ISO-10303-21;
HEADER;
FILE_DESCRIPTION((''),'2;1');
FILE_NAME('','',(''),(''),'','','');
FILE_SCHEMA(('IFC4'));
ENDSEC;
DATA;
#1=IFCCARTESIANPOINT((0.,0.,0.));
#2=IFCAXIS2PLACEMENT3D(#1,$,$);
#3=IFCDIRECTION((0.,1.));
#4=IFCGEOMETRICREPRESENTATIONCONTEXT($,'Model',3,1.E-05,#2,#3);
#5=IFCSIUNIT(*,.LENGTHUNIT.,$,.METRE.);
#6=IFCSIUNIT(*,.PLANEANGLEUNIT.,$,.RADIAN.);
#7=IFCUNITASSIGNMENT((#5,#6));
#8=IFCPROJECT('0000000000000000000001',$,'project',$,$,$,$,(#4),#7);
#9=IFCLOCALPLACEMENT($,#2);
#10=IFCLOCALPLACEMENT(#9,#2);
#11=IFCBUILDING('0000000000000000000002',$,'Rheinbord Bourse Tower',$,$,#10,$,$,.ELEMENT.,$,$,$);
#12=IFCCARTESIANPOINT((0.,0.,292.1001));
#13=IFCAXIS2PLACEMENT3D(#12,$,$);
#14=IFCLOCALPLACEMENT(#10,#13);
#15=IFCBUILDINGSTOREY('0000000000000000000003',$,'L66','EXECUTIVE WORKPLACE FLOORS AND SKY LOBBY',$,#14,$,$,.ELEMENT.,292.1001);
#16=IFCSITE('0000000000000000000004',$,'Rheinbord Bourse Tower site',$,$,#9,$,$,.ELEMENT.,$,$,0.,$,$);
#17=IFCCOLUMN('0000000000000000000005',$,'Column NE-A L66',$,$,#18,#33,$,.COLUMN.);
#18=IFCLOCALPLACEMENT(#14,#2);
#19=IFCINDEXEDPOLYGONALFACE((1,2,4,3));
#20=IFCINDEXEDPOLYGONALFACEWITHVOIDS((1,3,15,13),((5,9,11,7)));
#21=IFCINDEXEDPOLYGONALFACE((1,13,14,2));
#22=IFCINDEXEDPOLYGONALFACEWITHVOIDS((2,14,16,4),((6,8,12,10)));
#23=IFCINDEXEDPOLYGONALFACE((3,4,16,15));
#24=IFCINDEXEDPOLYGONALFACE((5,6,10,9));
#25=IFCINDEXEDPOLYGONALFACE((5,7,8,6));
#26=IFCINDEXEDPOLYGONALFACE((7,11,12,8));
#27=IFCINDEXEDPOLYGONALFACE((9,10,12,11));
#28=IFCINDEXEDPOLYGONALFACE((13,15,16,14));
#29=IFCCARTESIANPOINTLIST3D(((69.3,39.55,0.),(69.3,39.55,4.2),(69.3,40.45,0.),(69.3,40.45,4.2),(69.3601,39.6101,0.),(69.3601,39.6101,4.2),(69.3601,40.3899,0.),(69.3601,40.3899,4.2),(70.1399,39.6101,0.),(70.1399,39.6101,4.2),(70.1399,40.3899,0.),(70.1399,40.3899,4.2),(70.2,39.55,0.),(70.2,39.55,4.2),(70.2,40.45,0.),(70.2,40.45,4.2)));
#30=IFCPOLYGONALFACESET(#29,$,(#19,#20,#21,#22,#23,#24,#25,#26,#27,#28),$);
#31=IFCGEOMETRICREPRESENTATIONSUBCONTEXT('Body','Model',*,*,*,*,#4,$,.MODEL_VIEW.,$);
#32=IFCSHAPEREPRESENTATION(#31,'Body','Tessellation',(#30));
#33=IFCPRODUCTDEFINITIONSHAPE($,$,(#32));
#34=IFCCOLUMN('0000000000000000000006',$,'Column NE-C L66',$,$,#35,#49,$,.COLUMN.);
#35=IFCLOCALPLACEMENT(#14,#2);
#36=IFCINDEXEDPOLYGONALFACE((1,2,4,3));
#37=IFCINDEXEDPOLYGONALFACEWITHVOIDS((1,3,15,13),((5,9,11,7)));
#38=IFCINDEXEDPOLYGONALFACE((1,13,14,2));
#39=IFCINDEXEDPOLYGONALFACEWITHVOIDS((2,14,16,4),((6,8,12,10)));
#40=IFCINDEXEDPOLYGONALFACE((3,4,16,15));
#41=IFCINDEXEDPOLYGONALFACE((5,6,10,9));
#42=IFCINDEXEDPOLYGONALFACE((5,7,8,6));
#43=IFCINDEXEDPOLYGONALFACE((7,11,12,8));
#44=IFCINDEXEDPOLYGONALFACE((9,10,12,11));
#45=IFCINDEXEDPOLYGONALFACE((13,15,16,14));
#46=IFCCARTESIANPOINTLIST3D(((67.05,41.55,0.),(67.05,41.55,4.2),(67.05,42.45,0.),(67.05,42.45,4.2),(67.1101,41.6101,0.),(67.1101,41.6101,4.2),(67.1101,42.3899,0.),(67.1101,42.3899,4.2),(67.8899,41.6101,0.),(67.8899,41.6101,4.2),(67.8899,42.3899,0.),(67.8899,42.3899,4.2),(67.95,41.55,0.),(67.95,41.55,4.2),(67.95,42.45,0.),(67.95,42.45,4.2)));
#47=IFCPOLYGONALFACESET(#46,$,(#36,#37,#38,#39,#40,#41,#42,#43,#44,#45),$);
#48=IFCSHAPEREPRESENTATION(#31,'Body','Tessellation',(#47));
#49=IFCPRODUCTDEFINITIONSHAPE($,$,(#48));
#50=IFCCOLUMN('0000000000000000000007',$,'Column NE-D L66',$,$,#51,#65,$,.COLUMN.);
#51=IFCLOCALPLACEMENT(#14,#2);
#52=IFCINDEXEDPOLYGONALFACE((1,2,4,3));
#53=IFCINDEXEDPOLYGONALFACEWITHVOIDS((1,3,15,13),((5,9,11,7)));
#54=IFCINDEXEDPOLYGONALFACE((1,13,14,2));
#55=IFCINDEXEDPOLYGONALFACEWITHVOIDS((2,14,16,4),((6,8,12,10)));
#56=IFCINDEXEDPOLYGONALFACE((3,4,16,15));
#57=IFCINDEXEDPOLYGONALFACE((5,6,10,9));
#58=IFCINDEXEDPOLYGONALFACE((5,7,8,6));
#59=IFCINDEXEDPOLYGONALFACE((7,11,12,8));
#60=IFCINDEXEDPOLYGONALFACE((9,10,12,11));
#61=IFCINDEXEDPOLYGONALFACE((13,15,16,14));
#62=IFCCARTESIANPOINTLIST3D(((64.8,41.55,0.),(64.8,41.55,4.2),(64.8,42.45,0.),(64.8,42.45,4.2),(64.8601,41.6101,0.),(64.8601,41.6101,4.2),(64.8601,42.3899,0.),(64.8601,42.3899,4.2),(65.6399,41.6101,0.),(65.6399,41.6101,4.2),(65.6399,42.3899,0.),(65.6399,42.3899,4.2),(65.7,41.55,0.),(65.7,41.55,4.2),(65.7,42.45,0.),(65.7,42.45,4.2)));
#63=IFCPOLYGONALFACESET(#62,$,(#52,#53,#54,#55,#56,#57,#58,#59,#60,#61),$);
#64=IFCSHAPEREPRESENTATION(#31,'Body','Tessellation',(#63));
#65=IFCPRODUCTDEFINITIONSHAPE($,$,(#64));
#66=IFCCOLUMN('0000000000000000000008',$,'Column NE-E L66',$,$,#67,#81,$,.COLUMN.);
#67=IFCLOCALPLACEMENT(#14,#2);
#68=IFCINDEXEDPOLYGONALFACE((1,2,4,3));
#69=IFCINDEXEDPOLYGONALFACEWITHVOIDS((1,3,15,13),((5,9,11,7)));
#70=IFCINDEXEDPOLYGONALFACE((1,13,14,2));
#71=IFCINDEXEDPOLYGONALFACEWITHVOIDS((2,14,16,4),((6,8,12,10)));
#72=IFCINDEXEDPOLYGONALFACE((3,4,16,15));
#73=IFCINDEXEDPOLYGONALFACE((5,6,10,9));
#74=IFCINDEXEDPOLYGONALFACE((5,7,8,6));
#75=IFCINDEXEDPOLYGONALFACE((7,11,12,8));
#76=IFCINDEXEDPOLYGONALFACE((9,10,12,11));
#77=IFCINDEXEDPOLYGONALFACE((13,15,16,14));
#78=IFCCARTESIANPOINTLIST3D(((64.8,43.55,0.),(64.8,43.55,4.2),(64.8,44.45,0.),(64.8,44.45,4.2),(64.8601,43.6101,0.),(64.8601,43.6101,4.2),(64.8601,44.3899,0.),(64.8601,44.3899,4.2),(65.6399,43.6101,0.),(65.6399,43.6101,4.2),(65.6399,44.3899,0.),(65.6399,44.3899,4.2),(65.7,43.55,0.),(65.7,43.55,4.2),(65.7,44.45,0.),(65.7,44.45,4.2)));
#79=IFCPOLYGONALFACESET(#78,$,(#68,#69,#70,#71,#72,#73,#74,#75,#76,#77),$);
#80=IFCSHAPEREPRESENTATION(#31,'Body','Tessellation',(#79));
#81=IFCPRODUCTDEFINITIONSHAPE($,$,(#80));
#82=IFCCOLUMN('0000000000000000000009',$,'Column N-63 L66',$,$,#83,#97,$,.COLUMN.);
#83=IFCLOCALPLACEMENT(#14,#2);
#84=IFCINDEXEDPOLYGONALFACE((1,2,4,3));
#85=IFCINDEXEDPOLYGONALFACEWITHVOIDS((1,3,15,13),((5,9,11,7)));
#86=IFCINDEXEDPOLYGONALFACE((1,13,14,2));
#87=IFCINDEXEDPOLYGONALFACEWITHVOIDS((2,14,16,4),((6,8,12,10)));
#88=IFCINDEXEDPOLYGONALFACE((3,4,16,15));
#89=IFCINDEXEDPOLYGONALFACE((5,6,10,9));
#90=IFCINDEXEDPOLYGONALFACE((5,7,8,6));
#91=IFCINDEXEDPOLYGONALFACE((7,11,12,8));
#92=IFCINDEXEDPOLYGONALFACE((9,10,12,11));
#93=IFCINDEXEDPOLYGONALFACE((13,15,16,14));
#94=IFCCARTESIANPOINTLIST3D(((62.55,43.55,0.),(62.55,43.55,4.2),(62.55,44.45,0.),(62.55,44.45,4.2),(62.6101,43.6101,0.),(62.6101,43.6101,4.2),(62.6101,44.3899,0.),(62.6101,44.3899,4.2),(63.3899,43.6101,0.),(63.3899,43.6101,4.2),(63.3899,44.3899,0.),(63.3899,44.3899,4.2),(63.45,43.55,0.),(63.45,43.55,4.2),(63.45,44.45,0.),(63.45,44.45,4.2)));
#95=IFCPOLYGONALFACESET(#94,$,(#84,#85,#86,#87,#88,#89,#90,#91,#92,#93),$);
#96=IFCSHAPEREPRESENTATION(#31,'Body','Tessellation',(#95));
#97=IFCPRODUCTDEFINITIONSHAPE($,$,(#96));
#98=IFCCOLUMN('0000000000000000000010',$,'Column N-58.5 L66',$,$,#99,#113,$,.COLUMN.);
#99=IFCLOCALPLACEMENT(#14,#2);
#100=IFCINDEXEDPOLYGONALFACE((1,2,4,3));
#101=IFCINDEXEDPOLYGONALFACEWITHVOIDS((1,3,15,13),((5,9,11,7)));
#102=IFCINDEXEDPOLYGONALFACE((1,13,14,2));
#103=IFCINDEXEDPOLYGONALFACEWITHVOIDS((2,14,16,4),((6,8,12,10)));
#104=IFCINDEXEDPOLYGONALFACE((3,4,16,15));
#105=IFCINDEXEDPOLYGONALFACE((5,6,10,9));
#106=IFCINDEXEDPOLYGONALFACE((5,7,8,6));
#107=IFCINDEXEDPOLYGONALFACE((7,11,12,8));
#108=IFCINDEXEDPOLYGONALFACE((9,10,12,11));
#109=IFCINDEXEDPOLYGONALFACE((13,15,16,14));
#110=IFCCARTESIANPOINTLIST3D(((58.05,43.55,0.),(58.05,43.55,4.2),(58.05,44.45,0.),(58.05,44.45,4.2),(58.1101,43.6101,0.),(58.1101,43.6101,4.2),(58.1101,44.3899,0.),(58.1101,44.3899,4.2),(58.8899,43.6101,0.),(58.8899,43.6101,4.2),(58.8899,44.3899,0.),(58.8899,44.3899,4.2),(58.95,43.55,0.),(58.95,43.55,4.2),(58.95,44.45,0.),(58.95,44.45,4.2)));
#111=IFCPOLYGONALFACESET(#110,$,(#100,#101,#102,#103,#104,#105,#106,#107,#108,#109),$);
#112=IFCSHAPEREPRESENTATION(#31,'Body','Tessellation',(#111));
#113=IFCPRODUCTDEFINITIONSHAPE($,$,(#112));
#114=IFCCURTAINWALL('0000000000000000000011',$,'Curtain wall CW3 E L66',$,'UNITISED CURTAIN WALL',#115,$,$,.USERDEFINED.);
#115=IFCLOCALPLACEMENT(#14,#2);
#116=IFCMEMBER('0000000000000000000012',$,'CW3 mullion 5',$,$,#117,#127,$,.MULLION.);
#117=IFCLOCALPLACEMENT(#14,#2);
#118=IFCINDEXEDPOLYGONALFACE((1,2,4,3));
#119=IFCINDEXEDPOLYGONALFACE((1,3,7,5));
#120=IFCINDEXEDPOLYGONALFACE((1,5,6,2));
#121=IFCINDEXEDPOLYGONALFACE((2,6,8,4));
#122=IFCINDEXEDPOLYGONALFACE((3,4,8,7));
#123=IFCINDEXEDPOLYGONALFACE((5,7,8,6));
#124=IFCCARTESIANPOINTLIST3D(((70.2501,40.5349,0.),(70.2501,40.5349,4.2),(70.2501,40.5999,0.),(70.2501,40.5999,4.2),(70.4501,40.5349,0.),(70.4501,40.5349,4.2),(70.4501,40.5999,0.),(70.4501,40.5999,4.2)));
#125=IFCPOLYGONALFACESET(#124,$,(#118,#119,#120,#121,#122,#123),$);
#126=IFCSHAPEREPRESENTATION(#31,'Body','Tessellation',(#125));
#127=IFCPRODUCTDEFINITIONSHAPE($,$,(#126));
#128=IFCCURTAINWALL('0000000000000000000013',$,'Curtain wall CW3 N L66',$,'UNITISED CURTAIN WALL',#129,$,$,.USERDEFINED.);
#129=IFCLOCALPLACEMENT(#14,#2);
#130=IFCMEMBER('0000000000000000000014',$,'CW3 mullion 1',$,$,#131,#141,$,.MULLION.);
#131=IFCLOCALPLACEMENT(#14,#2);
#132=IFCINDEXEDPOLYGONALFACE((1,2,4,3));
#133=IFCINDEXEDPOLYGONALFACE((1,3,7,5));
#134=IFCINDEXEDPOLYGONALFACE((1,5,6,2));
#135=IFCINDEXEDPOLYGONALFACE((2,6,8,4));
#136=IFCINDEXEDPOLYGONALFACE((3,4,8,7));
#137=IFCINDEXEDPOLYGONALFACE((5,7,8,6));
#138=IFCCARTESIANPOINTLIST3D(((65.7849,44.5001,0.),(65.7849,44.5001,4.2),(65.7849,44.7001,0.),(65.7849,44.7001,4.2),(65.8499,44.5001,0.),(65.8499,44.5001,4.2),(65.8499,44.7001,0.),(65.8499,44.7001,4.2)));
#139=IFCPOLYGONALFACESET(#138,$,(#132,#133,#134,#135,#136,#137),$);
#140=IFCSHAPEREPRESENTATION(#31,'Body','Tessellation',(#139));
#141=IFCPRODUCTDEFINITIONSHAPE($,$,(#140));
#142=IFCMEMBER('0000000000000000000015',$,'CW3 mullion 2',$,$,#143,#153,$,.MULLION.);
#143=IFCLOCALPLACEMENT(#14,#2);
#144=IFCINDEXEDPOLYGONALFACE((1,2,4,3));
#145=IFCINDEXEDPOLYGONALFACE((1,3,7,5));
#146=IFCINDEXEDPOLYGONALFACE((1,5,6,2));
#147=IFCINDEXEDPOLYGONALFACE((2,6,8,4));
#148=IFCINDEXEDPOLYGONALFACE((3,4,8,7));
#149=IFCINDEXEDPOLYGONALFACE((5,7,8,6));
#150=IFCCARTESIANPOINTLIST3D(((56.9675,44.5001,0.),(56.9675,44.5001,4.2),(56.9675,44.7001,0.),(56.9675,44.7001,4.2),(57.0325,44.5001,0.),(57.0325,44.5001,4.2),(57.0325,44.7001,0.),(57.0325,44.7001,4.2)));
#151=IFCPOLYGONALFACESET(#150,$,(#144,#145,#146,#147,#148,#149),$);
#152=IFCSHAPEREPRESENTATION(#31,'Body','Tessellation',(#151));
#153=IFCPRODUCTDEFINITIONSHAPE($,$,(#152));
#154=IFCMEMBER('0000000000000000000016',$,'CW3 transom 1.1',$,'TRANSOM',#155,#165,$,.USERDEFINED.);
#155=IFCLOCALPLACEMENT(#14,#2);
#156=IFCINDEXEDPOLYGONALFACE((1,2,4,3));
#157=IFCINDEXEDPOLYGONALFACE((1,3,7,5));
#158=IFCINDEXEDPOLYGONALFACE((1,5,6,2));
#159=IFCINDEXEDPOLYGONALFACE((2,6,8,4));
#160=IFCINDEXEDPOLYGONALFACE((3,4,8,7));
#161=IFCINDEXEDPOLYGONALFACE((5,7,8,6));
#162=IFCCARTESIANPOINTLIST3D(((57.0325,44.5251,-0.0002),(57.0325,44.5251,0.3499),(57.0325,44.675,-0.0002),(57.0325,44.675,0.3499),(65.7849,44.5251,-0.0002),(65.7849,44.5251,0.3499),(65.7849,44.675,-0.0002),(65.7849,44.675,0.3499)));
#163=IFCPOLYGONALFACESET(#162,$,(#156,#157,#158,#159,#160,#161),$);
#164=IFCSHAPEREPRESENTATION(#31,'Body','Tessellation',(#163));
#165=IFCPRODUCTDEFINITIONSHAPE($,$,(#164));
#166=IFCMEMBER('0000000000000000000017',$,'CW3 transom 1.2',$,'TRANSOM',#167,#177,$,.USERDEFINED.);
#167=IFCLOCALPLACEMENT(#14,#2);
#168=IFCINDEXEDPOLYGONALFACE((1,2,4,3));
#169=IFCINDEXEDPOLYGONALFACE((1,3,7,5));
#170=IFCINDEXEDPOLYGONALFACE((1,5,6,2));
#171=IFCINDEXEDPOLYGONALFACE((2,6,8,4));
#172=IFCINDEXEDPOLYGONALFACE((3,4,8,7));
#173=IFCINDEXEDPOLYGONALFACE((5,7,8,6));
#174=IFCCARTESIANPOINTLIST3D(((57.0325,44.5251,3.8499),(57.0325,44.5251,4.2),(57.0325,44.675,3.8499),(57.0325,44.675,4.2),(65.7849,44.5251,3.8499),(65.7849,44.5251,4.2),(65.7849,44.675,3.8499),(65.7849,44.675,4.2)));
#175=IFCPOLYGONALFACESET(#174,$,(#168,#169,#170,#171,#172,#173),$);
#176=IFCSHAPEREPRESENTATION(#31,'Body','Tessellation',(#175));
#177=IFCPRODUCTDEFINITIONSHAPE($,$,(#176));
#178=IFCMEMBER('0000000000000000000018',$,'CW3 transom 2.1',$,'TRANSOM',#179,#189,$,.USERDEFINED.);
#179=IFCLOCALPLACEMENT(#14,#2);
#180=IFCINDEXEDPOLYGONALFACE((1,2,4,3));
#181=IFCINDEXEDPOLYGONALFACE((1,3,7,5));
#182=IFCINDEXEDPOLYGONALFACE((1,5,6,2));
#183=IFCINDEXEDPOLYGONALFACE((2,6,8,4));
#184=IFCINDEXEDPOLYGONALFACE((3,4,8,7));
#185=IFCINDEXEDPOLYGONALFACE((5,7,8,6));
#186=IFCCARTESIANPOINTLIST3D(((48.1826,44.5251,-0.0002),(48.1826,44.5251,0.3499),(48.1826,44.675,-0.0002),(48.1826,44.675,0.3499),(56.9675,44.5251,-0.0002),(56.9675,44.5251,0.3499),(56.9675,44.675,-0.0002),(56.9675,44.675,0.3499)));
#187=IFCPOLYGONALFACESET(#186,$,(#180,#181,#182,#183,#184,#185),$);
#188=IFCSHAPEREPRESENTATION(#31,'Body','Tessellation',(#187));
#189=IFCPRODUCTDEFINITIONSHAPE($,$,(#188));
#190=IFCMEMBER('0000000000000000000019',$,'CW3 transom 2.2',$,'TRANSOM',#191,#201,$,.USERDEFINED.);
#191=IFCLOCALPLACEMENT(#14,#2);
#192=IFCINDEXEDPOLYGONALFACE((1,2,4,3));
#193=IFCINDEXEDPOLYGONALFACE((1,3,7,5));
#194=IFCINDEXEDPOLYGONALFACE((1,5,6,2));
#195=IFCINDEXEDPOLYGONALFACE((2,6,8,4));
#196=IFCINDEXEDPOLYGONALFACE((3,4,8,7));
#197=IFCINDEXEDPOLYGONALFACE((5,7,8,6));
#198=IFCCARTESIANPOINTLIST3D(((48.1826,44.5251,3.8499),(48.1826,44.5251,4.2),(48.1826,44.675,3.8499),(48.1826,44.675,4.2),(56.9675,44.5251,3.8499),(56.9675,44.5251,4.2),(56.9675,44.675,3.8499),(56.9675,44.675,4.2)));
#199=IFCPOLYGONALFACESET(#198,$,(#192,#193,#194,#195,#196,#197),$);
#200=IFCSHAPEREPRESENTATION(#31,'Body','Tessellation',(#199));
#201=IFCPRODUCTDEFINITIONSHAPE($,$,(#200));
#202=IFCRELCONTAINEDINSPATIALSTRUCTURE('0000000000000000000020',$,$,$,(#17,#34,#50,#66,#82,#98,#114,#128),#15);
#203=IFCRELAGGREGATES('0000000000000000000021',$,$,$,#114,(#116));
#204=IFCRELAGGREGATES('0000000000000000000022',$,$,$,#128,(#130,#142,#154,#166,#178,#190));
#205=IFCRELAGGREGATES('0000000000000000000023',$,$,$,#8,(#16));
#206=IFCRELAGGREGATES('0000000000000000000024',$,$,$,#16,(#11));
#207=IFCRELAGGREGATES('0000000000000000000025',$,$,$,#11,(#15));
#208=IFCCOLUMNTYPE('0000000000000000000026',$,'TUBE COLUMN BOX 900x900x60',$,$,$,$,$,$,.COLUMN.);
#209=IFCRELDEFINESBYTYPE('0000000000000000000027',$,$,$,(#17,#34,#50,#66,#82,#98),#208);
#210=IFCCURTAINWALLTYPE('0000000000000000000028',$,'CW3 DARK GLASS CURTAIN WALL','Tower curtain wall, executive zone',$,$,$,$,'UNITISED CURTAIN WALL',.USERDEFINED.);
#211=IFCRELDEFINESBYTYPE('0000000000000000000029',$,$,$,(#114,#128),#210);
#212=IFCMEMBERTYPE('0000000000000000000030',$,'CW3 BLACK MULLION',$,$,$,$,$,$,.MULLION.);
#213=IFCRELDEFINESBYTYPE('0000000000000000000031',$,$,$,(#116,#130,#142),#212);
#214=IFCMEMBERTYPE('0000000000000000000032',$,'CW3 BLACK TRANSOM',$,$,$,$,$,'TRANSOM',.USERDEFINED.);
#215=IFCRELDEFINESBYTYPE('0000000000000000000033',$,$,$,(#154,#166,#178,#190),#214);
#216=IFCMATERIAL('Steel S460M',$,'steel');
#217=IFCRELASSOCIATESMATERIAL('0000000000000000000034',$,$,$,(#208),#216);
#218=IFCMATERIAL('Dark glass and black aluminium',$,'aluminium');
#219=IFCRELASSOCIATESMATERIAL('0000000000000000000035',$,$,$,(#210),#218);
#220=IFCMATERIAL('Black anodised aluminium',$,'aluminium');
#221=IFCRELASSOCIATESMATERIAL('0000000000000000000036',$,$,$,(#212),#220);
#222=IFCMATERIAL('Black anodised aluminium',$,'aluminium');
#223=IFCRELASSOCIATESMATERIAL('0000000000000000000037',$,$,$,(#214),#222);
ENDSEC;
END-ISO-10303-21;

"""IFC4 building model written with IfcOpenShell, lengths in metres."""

from ifc_helpers import new_model, si_unit, direction, frame, origin, origin_2d, place, context, subcontext, project, spatial, rectangle, hollow_rectangle, extrude, material, material_profile, profile_set, type_object, element, aggregate, save


model = new_model("IFC4")

# Units and contexts
model_context = context("Model", 3, precision=1e-05, world=origin(), true_north=direction((0.0, 1.0)))
body_context = subcontext(model_context, "Body", "Model", "MODEL_VIEW")
ifc_project = project(units=[si_unit("LENGTHUNIT", "METRE"), si_unit("PLANEANGLEUNIT", "RADIAN")], contexts=[model_context])

# Site, building, storey
site_placement = place(None, origin())
site = spatial("IfcSite", under=ifc_project, at=site_placement, Name="Rheinbord Bourse Tower site", CompositionType="ELEMENT", RefElevation=0.0)
building_placement = place(site_placement, origin())
building = spatial("IfcBuilding", under=site, at=building_placement, Name="Rheinbord Bourse Tower", CompositionType="ELEMENT")
storey_placement = place(building_placement, frame((0.0, 0.0, 292.1001)))
storey = spatial("IfcBuildingStorey", under=building, at=storey_placement, Name="L66", Description="EXECUTIVE WORKPLACE FLOORS AND SKY LOBBY", CompositionType="ELEMENT", Elevation=292.1001)

# Columns
ifc_material_1 = material(Name="Steel S460M", Category="steel")
ifc_material_profile_1 = material_profile(ifc_material_1, hollow_rectangle(XDim=0.8999, YDim=0.8999, WallThickness=0.0601, at=origin_2d()), Name="BOX 900x900x60")
ifc_profile_set_1 = profile_set([ifc_material_profile_1], Name="Steel S460M")
column_type = type_object("IfcColumnType", Name="TUBE COLUMN BOX 900x900x60", PredefinedType="COLUMN", material=ifc_profile_set_1)
for number, where, z_axis, x_axis, name in (
    (1, (69.75, 40.0, 0.0), (0.0, 0.0, 1.0), (1.0, 0.0, 0.0), "Column NE-A L66"),
    (2, (67.5, 42.0, 0.0), (0.0, 0.0, 1.0), (1.0, 0.0, 0.0), "Column NE-C L66"),
    (3, (65.25, 42.0, 0.0), (0.0, 0.0, 1.0), (0.0, 1.0, 0.0), "Column NE-D L66"),
    (4, (65.25, 44.0, 0.0), (0.0, 0.0, 1.0), (0.0, 1.0, 0.0), "Column NE-E L66"),
    (5, (63.0, 44.0, 0.0), (0.0, 0.0, 1.0), (0.0, 1.0, 0.0), "Column N-63 L66"),
    (6, (58.5, 44.0, 0.0), (0.0, 0.0, 1.0), (0.0, 1.0, 0.0), "Column N-58.5 L66"),
):
    element("IfcColumn", number, at=place(storey_placement, frame(where, z_axis=z_axis, x_axis=x_axis)), inside=storey, type_object=column_type, Name=name, PredefinedType="COLUMN", context=body_context, shape_type="SweptSolid", body=[
        extrude(hollow_rectangle(XDim=0.8999, YDim=0.8999, WallThickness=0.0601, at=origin_2d()), origin(), (0.0, 0.0, 1.0), 4.2),
    ])

# Curtain wall, member
ifc_material_2 = material(Name="Dark glass and black aluminium", Category="aluminium")
curtain_wall_type = type_object("IfcCurtainWallType", Name="CW3 DARK GLASS CURTAIN WALL", Description="Tower curtain wall, executive zone", ElementType="UNITISED CURTAIN WALL", PredefinedType="USERDEFINED", material=ifc_material_2)
curtain_wall_1_placement = place(storey_placement, origin())
curtain_wall_1 = element("IfcCurtainWall", 7, at=curtain_wall_1_placement, inside=storey, type_object=curtain_wall_type, Name="Curtain wall CW3 E L66", ObjectType="UNITISED CURTAIN WALL", PredefinedType="USERDEFINED")
ifc_material_3 = material(Name="Black anodised aluminium", Category="aluminium")
ifc_material_profile_2 = material_profile(ifc_material_3, rectangle(XDim=0.2, YDim=0.0649, at=origin_2d()), Name="CW3 MULLION 65x200")
ifc_profile_set_2 = profile_set([ifc_material_profile_2], Name="Black anodised aluminium")
member_type_1 = type_object("IfcMemberType", Name="CW3 BLACK MULLION", PredefinedType="MULLION", material=ifc_profile_set_2)
member_1_placement = place(storey_placement, frame((70.3501, 40.5674, 0.0), z_axis=(0.0, 0.0, 1.0), x_axis=(-1.0, 0.0, 0.0)))
member_1 = element("IfcMember", 8, at=member_1_placement, type_object=member_type_1, Name="CW3 mullion 5", PredefinedType="MULLION", context=body_context, shape_type="SweptSolid", body=[
    extrude(rectangle(XDim=0.2, YDim=0.0649, at=origin_2d()), origin(), (0.0, 0.0, 1.0), 4.2),
])

# Curtain wall, members
curtain_wall_2_placement = place(storey_placement, origin())
curtain_wall_2 = element("IfcCurtainWall", 9, at=curtain_wall_2_placement, inside=storey, type_object=curtain_wall_type, Name="Curtain wall CW3 N L66", ObjectType="UNITISED CURTAIN WALL", PredefinedType="USERDEFINED")
member_2_placement = place(storey_placement, frame((65.8174, 44.6001, 0.0), z_axis=(0.0, 0.0, 1.0), x_axis=(0.0, -1.0, 0.0)))
member_2 = element("IfcMember", 10, at=member_2_placement, type_object=member_type_1, Name="CW3 mullion 1", PredefinedType="MULLION", context=body_context, shape_type="SweptSolid", body=[
    extrude(rectangle(XDim=0.2, YDim=0.0649, at=origin_2d()), origin(), (0.0, 0.0, 1.0), 4.2),
])
member_3_placement = place(storey_placement, frame((57.0, 44.6001, 0.0), z_axis=(0.0, 0.0, 1.0), x_axis=(0.0, -1.0, 0.0)))
member_3 = element("IfcMember", 11, at=member_3_placement, type_object=member_type_1, Name="CW3 mullion 2", PredefinedType="MULLION", context=body_context, shape_type="SweptSolid", body=[
    extrude(rectangle(XDim=0.2, YDim=0.0649, at=origin_2d()), origin(), (0.0, 0.0, 1.0), 4.2),
])
ifc_material_4 = material(Name="Black anodised aluminium", Category="aluminium")
ifc_material_profile_3 = material_profile(ifc_material_4, rectangle(XDim=0.1499, YDim=0.3501, at=origin_2d()), Name="CW3 TRANSOM 350x150")
ifc_profile_set_3 = profile_set([ifc_material_profile_3], Name="Black anodised aluminium")
member_type_2 = type_object("IfcMemberType", Name="CW3 BLACK TRANSOM", ElementType="TRANSOM", PredefinedType="USERDEFINED", material=ifc_profile_set_3)
member_4_placement = place(storey_placement, frame((65.7849, 44.6001, 0.1748), z_axis=(-1.0, 0.0, 0.0), x_axis=(0.0, -1.0, 0.0)))
member_4 = element("IfcMember", 12, at=member_4_placement, type_object=member_type_2, Name="CW3 transom 1.1", ObjectType="TRANSOM", PredefinedType="USERDEFINED", context=body_context, shape_type="SweptSolid", body=[
    extrude(rectangle(XDim=0.1499, YDim=0.3501, at=origin_2d()), origin(), (0.0, 0.0, 1.0), 8.7524),
])
member_5_placement = place(storey_placement, frame((65.7849, 44.6001, 4.0249), z_axis=(-1.0, 0.0, 0.0), x_axis=(0.0, -1.0, 0.0)))
member_5 = element("IfcMember", 13, at=member_5_placement, type_object=member_type_2, Name="CW3 transom 1.2", ObjectType="TRANSOM", PredefinedType="USERDEFINED", context=body_context, shape_type="SweptSolid", body=[
    extrude(rectangle(XDim=0.1499, YDim=0.3501, at=origin_2d()), origin(), (0.0, 0.0, 1.0), 8.7524),
])
member_6_placement = place(storey_placement, frame((56.9675, 44.6001, 0.1748), z_axis=(-1.0, 0.0, 0.0), x_axis=(0.0, -1.0, 0.0)))
member_6 = element("IfcMember", 14, at=member_6_placement, type_object=member_type_2, Name="CW3 transom 2.1", ObjectType="TRANSOM", PredefinedType="USERDEFINED", context=body_context, shape_type="SweptSolid", body=[
    extrude(rectangle(XDim=0.1499, YDim=0.3501, at=origin_2d()), origin(), (0.0, 0.0, 1.0), 8.7849),
])
member_7_placement = place(storey_placement, frame((56.9675, 44.6001, 4.0249), z_axis=(-1.0, 0.0, 0.0), x_axis=(0.0, -1.0, 0.0)))
member_7 = element("IfcMember", 15, at=member_7_placement, type_object=member_type_2, Name="CW3 transom 2.2", ObjectType="TRANSOM", PredefinedType="USERDEFINED", context=body_context, shape_type="SweptSolid", body=[
    extrude(rectangle(XDim=0.1499, YDim=0.3501, at=origin_2d()), origin(), (0.0, 0.0, 1.0), 8.7849),
])

aggregate(curtain_wall_1, [member_1])
aggregate(curtain_wall_2, [member_2, member_3, member_4, member_5, member_6, member_7])

save(model, "model.ifc")
